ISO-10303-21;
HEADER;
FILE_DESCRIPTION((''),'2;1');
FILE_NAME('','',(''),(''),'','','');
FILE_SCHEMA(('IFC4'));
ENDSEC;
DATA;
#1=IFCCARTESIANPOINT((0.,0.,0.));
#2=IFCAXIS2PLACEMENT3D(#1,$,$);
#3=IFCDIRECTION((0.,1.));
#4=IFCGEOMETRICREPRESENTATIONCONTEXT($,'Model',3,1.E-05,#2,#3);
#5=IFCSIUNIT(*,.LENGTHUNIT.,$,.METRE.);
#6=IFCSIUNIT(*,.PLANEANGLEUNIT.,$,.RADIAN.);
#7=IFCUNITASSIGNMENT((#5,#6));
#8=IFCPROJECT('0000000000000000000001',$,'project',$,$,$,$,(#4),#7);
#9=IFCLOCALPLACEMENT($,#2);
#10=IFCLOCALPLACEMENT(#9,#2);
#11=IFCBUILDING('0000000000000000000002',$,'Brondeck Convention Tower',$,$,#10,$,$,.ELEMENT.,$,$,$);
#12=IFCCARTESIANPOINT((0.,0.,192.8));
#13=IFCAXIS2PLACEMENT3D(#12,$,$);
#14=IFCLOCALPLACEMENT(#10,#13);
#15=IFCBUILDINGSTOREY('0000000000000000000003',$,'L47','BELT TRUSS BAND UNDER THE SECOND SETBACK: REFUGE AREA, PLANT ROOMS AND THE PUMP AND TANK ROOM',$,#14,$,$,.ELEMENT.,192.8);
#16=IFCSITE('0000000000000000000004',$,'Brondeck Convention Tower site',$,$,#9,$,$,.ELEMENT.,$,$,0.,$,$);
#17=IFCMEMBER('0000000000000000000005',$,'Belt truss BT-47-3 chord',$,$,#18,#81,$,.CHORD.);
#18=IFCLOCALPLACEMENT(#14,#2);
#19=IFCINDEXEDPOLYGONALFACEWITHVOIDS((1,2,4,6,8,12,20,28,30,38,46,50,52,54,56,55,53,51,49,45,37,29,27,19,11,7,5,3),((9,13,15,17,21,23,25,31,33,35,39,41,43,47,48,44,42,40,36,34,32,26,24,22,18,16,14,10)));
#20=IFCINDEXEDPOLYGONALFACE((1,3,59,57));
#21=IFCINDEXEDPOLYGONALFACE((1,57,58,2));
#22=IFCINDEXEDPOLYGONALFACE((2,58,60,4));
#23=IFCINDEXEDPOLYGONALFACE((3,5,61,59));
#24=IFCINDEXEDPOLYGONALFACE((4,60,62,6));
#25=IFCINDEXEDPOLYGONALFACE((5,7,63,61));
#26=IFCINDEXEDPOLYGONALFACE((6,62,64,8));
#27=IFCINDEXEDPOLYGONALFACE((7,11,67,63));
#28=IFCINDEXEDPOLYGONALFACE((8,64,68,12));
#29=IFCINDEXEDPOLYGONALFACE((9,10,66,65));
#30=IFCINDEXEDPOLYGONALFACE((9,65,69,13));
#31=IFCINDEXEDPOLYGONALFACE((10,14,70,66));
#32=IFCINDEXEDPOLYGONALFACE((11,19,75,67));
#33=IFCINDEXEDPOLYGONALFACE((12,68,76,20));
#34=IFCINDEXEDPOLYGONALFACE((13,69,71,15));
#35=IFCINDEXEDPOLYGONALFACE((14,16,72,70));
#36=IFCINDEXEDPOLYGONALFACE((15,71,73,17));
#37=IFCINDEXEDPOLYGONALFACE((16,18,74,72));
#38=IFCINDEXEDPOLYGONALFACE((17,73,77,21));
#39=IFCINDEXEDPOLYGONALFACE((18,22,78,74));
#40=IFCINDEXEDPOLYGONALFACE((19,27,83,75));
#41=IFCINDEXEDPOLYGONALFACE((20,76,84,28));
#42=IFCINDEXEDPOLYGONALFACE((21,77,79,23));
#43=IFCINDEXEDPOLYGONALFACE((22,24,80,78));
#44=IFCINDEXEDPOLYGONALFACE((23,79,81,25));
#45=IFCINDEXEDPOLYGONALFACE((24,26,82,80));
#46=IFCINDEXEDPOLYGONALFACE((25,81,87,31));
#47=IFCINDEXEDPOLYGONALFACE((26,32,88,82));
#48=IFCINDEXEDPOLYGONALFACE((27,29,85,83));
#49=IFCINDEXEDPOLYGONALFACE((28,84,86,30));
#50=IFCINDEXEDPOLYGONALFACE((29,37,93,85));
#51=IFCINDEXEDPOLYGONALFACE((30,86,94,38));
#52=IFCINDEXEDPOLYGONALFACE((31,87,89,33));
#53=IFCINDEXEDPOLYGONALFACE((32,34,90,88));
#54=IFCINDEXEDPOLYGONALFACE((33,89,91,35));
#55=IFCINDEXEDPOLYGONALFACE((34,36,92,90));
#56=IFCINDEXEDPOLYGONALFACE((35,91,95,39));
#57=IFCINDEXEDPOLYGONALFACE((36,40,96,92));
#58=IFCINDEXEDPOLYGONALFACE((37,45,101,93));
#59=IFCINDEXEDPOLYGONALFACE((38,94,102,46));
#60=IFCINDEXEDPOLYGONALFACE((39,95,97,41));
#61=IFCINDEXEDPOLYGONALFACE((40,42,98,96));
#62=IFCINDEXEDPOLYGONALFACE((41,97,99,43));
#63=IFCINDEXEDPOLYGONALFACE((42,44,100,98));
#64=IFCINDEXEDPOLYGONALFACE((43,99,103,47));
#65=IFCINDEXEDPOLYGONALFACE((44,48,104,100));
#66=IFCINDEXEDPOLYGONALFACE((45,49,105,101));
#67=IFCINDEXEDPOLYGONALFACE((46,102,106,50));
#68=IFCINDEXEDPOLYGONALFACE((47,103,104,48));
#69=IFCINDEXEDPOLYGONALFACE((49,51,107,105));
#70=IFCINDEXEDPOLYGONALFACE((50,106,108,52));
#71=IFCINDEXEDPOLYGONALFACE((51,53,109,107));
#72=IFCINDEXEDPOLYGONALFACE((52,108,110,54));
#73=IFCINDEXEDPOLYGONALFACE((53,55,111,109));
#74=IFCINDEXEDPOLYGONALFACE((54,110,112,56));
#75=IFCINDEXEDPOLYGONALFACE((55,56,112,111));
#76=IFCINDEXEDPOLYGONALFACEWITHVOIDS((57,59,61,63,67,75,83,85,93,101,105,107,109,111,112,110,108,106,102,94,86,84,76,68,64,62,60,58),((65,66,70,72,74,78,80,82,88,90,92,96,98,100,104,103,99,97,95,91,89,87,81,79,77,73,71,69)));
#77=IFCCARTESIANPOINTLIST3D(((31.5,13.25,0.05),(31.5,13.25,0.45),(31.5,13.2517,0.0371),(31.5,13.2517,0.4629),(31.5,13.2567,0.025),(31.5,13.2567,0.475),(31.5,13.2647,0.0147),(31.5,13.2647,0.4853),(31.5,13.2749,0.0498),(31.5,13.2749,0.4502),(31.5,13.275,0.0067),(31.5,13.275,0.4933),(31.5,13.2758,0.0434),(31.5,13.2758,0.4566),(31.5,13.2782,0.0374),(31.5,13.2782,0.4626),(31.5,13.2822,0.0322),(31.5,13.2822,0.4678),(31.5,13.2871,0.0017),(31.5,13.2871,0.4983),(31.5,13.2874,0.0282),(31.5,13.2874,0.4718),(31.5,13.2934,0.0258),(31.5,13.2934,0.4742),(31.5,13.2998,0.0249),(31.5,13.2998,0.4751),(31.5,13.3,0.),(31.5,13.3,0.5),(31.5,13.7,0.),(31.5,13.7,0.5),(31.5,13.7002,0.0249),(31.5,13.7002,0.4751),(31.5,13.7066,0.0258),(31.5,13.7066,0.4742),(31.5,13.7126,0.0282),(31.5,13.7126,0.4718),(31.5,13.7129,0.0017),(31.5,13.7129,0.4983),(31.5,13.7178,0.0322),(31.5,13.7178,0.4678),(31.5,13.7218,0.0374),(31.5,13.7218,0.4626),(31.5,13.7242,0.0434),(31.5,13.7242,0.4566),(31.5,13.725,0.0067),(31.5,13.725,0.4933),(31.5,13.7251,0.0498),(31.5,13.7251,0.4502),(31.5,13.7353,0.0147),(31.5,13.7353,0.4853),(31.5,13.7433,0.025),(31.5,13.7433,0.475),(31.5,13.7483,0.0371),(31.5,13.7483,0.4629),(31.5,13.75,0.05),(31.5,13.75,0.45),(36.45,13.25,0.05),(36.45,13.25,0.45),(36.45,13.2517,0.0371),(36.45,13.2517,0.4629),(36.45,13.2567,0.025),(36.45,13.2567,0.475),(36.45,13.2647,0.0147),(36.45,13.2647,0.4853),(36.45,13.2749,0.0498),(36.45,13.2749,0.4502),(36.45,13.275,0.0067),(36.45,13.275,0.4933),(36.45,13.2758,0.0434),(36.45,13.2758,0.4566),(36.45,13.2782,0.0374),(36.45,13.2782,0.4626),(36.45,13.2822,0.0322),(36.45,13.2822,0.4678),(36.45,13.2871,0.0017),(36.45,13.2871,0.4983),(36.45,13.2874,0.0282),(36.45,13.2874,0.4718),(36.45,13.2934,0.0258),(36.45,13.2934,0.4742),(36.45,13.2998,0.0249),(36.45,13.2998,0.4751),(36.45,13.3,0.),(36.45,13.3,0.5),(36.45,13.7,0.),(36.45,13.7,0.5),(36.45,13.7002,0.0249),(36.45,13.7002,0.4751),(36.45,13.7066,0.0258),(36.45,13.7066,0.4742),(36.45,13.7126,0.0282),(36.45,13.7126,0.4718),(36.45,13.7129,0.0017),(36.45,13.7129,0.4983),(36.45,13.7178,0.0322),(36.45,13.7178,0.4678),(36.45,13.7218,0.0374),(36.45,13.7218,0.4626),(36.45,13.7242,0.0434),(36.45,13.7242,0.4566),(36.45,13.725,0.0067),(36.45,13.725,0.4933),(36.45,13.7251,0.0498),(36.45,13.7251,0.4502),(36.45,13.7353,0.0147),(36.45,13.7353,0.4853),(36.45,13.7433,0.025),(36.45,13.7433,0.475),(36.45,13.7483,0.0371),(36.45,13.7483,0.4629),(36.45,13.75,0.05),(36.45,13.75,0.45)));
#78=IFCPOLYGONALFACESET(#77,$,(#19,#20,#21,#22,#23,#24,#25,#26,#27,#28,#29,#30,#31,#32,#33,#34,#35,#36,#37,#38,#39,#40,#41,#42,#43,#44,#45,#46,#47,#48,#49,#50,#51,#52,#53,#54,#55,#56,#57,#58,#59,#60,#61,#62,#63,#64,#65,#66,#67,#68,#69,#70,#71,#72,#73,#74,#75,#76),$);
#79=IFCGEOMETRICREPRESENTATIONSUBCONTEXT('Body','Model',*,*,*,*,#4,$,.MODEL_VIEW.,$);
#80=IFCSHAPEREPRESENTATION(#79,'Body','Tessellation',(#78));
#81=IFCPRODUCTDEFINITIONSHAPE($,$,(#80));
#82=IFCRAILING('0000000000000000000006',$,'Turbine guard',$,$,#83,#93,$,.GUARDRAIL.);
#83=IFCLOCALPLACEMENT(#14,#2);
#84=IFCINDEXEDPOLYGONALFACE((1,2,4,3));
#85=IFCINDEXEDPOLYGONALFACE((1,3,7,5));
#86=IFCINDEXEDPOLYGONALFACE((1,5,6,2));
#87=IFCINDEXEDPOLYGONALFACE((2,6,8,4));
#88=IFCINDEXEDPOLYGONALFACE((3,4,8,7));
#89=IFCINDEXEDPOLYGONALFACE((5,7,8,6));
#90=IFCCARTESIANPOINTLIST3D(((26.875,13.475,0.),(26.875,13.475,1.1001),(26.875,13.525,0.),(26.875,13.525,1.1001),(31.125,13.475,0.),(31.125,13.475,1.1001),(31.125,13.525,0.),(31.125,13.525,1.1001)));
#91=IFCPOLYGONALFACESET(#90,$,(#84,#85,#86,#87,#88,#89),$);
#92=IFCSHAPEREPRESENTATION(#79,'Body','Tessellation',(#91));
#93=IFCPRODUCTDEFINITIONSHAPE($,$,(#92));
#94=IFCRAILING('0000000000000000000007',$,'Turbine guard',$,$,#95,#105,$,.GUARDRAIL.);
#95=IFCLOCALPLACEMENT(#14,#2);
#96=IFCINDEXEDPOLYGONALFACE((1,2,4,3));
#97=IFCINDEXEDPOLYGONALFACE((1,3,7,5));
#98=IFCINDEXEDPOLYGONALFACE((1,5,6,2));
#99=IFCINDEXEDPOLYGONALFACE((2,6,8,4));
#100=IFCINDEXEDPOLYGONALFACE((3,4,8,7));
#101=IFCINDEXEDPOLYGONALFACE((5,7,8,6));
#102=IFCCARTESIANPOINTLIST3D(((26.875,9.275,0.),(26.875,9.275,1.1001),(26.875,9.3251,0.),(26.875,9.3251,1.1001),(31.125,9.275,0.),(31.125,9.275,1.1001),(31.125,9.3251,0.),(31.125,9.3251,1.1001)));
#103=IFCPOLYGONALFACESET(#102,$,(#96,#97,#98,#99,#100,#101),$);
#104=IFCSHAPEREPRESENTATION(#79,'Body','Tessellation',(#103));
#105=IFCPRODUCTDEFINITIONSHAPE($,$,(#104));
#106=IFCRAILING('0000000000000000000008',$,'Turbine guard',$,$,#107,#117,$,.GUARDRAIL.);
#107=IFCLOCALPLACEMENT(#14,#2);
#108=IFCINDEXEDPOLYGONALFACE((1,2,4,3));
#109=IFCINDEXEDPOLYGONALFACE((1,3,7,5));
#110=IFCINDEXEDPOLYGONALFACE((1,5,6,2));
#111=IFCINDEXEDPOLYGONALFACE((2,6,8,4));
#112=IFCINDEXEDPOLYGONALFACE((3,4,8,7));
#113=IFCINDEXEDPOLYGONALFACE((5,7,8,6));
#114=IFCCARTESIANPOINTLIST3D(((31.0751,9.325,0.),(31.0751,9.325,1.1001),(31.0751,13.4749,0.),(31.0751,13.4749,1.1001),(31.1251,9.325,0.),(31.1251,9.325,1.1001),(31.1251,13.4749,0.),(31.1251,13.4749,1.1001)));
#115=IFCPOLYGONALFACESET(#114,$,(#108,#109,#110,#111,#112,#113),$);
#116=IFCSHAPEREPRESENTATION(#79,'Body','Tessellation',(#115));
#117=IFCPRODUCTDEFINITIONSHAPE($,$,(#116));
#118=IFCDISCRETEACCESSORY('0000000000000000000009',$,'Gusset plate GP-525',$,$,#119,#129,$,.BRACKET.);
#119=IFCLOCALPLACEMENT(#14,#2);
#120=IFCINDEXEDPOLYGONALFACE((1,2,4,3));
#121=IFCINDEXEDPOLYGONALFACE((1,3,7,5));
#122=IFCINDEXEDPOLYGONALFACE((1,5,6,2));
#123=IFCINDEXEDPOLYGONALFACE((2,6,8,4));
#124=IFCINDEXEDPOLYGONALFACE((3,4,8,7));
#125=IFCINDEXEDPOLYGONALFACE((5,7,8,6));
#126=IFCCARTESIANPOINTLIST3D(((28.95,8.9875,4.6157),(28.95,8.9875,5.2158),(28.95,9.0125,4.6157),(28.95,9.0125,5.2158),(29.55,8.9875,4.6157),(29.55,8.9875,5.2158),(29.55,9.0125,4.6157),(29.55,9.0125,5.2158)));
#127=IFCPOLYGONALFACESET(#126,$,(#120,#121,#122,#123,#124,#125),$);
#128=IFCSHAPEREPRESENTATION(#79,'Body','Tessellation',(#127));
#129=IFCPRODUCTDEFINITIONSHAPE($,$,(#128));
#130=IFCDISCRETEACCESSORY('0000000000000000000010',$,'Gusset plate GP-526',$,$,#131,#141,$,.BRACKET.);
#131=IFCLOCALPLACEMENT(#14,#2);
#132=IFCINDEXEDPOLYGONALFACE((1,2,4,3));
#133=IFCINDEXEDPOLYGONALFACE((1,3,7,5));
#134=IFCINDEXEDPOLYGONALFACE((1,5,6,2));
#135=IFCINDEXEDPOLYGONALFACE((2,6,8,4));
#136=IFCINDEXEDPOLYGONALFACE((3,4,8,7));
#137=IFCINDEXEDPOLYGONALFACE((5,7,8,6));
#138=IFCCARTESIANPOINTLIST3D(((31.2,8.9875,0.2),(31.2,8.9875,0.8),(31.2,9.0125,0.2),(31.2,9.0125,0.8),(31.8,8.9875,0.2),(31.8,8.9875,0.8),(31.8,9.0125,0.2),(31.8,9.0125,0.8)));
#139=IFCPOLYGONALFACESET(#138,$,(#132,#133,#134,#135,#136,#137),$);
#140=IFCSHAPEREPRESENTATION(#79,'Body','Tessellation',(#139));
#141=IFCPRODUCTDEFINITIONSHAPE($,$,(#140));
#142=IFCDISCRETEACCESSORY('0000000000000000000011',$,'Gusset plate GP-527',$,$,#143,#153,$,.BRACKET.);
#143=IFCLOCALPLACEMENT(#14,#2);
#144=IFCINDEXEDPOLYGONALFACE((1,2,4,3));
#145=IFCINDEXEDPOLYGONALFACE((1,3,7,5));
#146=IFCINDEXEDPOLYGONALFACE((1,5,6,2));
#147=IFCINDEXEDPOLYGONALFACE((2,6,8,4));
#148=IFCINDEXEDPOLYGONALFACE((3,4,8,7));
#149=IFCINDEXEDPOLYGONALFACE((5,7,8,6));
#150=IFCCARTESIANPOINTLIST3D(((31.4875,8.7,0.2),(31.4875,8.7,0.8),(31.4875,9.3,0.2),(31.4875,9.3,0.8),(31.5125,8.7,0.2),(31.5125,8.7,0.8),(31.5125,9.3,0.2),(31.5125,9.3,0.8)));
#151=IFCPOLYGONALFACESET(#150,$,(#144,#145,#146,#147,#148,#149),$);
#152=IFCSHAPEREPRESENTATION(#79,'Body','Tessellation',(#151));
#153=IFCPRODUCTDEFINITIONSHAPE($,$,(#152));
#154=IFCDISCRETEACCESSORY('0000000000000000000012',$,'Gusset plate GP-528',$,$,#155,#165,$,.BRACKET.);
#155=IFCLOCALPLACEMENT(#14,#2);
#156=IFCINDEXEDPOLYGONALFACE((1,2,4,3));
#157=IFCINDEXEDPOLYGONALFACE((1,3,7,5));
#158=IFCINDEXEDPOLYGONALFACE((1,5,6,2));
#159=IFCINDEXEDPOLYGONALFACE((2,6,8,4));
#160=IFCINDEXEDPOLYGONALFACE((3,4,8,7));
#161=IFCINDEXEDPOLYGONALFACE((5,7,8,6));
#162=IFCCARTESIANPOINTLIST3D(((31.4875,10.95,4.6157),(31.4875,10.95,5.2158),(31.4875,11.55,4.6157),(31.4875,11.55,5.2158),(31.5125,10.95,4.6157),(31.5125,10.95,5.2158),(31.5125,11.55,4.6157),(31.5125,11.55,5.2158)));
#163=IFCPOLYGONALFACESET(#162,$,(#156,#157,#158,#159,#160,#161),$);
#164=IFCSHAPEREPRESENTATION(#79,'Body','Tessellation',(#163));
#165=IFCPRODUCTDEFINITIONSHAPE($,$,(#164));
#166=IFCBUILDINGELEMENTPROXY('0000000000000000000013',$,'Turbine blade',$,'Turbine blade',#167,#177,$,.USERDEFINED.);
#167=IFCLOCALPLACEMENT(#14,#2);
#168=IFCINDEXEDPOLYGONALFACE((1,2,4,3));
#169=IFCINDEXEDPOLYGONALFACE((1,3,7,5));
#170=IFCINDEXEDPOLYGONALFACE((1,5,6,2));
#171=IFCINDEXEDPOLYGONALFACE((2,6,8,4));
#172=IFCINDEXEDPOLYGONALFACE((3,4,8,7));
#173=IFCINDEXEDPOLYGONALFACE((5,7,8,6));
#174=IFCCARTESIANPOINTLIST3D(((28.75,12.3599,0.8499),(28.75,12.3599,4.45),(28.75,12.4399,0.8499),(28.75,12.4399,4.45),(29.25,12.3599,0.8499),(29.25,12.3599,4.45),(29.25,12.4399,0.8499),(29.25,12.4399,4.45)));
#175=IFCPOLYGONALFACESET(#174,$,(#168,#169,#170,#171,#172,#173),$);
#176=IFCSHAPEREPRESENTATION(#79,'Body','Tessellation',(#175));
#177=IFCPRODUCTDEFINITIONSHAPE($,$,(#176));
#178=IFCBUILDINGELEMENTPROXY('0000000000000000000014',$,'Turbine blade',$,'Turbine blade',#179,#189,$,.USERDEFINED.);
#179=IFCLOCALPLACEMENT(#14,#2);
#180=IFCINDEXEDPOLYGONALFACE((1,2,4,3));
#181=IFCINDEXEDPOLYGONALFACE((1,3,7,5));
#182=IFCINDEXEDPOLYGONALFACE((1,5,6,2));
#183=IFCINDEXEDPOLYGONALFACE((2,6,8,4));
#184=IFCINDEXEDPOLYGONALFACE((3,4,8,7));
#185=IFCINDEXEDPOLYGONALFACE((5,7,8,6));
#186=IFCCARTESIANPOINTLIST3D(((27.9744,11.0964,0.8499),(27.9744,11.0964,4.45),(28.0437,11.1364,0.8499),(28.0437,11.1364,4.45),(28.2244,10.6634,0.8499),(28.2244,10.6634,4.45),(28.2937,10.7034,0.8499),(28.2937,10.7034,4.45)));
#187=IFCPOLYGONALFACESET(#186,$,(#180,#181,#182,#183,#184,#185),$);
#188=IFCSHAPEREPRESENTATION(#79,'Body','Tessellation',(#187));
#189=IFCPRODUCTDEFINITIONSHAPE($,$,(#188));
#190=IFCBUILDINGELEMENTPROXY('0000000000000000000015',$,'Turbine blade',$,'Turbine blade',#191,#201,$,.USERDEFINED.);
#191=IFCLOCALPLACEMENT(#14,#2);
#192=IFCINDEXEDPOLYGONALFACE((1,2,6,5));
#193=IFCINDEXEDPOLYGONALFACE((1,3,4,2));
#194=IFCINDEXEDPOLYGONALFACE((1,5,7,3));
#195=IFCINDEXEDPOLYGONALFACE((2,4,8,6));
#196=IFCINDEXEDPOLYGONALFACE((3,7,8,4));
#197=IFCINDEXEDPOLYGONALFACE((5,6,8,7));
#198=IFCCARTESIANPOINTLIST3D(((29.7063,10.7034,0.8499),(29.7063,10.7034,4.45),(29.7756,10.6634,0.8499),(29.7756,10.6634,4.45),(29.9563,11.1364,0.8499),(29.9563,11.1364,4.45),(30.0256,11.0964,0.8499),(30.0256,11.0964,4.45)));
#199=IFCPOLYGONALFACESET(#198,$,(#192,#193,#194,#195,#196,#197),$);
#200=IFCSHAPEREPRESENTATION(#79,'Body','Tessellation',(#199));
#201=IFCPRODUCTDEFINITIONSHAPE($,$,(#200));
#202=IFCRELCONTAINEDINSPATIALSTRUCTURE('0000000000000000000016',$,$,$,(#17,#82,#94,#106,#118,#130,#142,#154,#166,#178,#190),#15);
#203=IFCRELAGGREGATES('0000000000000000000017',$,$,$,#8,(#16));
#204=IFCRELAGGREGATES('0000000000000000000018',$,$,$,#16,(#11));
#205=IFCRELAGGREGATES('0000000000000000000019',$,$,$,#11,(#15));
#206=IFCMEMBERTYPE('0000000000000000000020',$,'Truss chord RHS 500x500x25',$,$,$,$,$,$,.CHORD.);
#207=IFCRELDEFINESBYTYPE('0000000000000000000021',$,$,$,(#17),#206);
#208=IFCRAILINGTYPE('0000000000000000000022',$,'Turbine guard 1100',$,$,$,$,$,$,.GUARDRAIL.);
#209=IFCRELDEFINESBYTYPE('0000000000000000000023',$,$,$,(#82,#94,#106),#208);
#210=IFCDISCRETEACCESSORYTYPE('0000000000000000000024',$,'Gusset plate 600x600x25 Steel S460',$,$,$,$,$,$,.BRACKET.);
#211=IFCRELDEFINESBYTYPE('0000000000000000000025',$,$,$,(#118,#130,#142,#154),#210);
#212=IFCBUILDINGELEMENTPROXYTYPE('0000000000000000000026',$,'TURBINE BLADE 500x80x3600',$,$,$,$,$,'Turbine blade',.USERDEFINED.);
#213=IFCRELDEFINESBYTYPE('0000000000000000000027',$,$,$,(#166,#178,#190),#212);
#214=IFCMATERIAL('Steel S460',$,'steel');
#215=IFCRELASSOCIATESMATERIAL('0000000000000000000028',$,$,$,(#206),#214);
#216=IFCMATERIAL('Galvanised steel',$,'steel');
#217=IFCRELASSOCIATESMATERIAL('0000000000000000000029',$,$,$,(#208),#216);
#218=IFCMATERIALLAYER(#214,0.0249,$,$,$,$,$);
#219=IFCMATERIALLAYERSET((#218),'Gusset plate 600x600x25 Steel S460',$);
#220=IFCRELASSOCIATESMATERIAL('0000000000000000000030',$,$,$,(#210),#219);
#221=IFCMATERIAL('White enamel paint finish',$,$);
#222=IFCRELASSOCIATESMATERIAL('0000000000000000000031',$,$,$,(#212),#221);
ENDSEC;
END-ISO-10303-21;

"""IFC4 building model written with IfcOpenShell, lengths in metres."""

from ifc_helpers import new_model, si_unit, direction, frame, origin, origin_2d, place, context, subcontext, project, spatial, rectangle, hollow_rectangle, extrude, material, layer, layer_set, material_profile, profile_set, type_object, element, save


model = new_model("IFC4")

# Units and contexts
model_context = context("Model", 3, precision=1e-05, world=origin(), true_north=direction((0.0, 1.0)))
body_context = subcontext(model_context, "Body", "Model", "MODEL_VIEW")
ifc_project = project(units=[si_unit("LENGTHUNIT", "METRE"), si_unit("PLANEANGLEUNIT", "RADIAN")], contexts=[model_context])

# Site, building, storey
site_placement = place(None, origin())
site = spatial("IfcSite", under=ifc_project, at=site_placement, Name="Brondeck Convention Tower site", CompositionType="ELEMENT", RefElevation=0.0)
building_placement = place(site_placement, origin())
building = spatial("IfcBuilding", under=site, at=building_placement, Name="Brondeck Convention Tower", CompositionType="ELEMENT")
storey_placement = place(building_placement, frame((0.0, 0.0, 192.8)))
storey = spatial("IfcBuildingStorey", under=building, at=storey_placement, Name="L47", Description="BELT TRUSS BAND UNDER THE SECOND SETBACK: REFUGE AREA, PLANT ROOMS AND THE PUMP AND TANK ROOM", CompositionType="ELEMENT", Elevation=192.8)

# Shared definitions
ifc_material_1 = material(Name="Steel S460", Category="steel")

# Member
ifc_material_profile_1 = material_profile(ifc_material_1, hollow_rectangle(XDim=0.5, YDim=0.5, WallThickness=0.0249, InnerFilletRadius=0.0249, OuterFilletRadius=0.05, at=origin_2d()), Name="RHS 500x500x25")
ifc_profile_set_1 = profile_set([ifc_material_profile_1], Name="Steel S460")
member_type_1 = type_object("IfcMemberType", Name="Truss chord RHS 500x500x25", PredefinedType="CHORD", material=ifc_profile_set_1)
member_1_placement = place(storey_placement, frame((31.5, 13.5, 0.25), z_axis=(1.0, 0.0, 0.0), x_axis=(0.0, 1.0, 0.0)))
element("IfcMember", 1, at=member_1_placement, inside=storey, type_object=member_type_1, Name="Belt truss BT-47-3 chord", PredefinedType="CHORD", context=body_context, shape_type="SweptSolid", body=[
    extrude(hollow_rectangle(XDim=0.5, YDim=0.5, WallThickness=0.0249, InnerFilletRadius=0.0249, OuterFilletRadius=0.05, at=origin_2d()), origin(), (0.0, 0.0, 1.0), 4.95),
])

# Railings
ifc_material_2 = material(Name="Galvanised steel", Category="steel")
railing_type = type_object("IfcRailingType", Name="Turbine guard 1100", PredefinedType="GUARDRAIL", material=ifc_material_2)
for number, where, z_axis, x_axis, name in (
    (2, (29.0, 13.5, 0.0), (0.0, 0.0, 1.0), (1.0, 0.0, 0.0), "Turbine guard"),
    (3, (29.0, 9.3, 0.0), (0.0, 0.0, 1.0), (1.0, 0.0, 0.0), "Turbine guard"),
):
    element("IfcRailing", number, at=place(storey_placement, frame(where, z_axis=z_axis, x_axis=x_axis)), inside=storey, type_object=railing_type, Name=name, PredefinedType="GUARDRAIL", context=body_context, shape_type="SweptSolid", body=[
        extrude(rectangle(XDim=4.25, YDim=0.05, at=origin_2d()), origin(), (0.0, 0.0, 1.0), 1.1001),
    ])
railing_placement = place(storey_placement, frame((31.1001, 11.3999, 0.0), z_axis=(0.0, 0.0, 1.0), x_axis=(1.0, 0.0, 0.0)))
element("IfcRailing", 4, at=railing_placement, inside=storey, type_object=railing_type, Name="Turbine guard", PredefinedType="GUARDRAIL", context=body_context, shape_type="SweptSolid", body=[
    extrude(rectangle(XDim=0.05, YDim=4.1499, at=origin_2d()), origin(), (0.0, 0.0, 1.0), 1.1001),
])

# Discrete accessories
ifc_layer = layer(ifc_material_1, 0.0249)
ifc_layer_set = layer_set([ifc_layer], Name="Gusset plate 600x600x25 Steel S460")
discrete_accessory_type = type_object("IfcDiscreteAccessoryType", Name="Gusset plate 600x600x25 Steel S460", PredefinedType="BRACKET", material=ifc_layer_set)
for number, where, z_axis, x_axis, name in (
    (5, (29.25, 9.0, 4.6157), (0.0, 0.0, 1.0), (1.0, 0.0, 0.0), "Gusset plate GP-525"),
    (6, (31.5, 9.0, 0.2), (0.0, 0.0, 1.0), (1.0, 0.0, 0.0), "Gusset plate GP-526"),
    (7, (31.5, 9.0, 0.2), (0.0, 0.0, 1.0), (0.0, 1.0, 0.0), "Gusset plate GP-527"),
    (8, (31.5, 11.25, 4.6157), (0.0, 0.0, 1.0), (0.0, 1.0, 0.0), "Gusset plate GP-528"),
):
    element("IfcDiscreteAccessory", number, at=place(storey_placement, frame(where, z_axis=z_axis, x_axis=x_axis)), inside=storey, type_object=discrete_accessory_type, Name=name, PredefinedType="BRACKET", context=body_context, shape_type="SweptSolid", body=[
        extrude(rectangle(XDim=0.6001, YDim=0.0249, at=origin_2d()), origin(), (0.0, 0.0, 1.0), 0.6001),
    ])

# Building element proxies
ifc_material_3 = material(Name="White enamel paint finish")
building_element_proxy_type_1 = type_object("IfcBuildingElementProxyType", Name="TURBINE BLADE 500x80x3600", ElementType="Turbine blade", PredefinedType="USERDEFINED", material=ifc_material_3)
for number, where, z_axis, x_axis, name in (
    (9, (29.0, 12.3999, 0.8499), (0.0, 0.0, 1.0), (-1.0, 0.0, 0.0), "Turbine blade"),
    (10, (28.134, 10.8999, 0.8499), (0.0, 0.0, 1.0), (0.5, -0.866025, 0.0), "Turbine blade"),
    (11, (29.866, 10.8999, 0.8499), (0.0, 0.0, 1.0), (0.5, 0.866025, 0.0), "Turbine blade"),
):
    element("IfcBuildingElementProxy", number, at=place(storey_placement, frame(where, z_axis=z_axis, x_axis=x_axis)), inside=storey, type_object=building_element_proxy_type_1, Name=name, ObjectType="Turbine blade", PredefinedType="USERDEFINED", context=body_context, shape_type="SweptSolid", body=[
        extrude(rectangle(XDim=0.5, YDim=0.0801, at=origin_2d()), origin(), (0.0, 0.0, 1.0), 3.6001),
    ])

save(model, "model.ifc")
